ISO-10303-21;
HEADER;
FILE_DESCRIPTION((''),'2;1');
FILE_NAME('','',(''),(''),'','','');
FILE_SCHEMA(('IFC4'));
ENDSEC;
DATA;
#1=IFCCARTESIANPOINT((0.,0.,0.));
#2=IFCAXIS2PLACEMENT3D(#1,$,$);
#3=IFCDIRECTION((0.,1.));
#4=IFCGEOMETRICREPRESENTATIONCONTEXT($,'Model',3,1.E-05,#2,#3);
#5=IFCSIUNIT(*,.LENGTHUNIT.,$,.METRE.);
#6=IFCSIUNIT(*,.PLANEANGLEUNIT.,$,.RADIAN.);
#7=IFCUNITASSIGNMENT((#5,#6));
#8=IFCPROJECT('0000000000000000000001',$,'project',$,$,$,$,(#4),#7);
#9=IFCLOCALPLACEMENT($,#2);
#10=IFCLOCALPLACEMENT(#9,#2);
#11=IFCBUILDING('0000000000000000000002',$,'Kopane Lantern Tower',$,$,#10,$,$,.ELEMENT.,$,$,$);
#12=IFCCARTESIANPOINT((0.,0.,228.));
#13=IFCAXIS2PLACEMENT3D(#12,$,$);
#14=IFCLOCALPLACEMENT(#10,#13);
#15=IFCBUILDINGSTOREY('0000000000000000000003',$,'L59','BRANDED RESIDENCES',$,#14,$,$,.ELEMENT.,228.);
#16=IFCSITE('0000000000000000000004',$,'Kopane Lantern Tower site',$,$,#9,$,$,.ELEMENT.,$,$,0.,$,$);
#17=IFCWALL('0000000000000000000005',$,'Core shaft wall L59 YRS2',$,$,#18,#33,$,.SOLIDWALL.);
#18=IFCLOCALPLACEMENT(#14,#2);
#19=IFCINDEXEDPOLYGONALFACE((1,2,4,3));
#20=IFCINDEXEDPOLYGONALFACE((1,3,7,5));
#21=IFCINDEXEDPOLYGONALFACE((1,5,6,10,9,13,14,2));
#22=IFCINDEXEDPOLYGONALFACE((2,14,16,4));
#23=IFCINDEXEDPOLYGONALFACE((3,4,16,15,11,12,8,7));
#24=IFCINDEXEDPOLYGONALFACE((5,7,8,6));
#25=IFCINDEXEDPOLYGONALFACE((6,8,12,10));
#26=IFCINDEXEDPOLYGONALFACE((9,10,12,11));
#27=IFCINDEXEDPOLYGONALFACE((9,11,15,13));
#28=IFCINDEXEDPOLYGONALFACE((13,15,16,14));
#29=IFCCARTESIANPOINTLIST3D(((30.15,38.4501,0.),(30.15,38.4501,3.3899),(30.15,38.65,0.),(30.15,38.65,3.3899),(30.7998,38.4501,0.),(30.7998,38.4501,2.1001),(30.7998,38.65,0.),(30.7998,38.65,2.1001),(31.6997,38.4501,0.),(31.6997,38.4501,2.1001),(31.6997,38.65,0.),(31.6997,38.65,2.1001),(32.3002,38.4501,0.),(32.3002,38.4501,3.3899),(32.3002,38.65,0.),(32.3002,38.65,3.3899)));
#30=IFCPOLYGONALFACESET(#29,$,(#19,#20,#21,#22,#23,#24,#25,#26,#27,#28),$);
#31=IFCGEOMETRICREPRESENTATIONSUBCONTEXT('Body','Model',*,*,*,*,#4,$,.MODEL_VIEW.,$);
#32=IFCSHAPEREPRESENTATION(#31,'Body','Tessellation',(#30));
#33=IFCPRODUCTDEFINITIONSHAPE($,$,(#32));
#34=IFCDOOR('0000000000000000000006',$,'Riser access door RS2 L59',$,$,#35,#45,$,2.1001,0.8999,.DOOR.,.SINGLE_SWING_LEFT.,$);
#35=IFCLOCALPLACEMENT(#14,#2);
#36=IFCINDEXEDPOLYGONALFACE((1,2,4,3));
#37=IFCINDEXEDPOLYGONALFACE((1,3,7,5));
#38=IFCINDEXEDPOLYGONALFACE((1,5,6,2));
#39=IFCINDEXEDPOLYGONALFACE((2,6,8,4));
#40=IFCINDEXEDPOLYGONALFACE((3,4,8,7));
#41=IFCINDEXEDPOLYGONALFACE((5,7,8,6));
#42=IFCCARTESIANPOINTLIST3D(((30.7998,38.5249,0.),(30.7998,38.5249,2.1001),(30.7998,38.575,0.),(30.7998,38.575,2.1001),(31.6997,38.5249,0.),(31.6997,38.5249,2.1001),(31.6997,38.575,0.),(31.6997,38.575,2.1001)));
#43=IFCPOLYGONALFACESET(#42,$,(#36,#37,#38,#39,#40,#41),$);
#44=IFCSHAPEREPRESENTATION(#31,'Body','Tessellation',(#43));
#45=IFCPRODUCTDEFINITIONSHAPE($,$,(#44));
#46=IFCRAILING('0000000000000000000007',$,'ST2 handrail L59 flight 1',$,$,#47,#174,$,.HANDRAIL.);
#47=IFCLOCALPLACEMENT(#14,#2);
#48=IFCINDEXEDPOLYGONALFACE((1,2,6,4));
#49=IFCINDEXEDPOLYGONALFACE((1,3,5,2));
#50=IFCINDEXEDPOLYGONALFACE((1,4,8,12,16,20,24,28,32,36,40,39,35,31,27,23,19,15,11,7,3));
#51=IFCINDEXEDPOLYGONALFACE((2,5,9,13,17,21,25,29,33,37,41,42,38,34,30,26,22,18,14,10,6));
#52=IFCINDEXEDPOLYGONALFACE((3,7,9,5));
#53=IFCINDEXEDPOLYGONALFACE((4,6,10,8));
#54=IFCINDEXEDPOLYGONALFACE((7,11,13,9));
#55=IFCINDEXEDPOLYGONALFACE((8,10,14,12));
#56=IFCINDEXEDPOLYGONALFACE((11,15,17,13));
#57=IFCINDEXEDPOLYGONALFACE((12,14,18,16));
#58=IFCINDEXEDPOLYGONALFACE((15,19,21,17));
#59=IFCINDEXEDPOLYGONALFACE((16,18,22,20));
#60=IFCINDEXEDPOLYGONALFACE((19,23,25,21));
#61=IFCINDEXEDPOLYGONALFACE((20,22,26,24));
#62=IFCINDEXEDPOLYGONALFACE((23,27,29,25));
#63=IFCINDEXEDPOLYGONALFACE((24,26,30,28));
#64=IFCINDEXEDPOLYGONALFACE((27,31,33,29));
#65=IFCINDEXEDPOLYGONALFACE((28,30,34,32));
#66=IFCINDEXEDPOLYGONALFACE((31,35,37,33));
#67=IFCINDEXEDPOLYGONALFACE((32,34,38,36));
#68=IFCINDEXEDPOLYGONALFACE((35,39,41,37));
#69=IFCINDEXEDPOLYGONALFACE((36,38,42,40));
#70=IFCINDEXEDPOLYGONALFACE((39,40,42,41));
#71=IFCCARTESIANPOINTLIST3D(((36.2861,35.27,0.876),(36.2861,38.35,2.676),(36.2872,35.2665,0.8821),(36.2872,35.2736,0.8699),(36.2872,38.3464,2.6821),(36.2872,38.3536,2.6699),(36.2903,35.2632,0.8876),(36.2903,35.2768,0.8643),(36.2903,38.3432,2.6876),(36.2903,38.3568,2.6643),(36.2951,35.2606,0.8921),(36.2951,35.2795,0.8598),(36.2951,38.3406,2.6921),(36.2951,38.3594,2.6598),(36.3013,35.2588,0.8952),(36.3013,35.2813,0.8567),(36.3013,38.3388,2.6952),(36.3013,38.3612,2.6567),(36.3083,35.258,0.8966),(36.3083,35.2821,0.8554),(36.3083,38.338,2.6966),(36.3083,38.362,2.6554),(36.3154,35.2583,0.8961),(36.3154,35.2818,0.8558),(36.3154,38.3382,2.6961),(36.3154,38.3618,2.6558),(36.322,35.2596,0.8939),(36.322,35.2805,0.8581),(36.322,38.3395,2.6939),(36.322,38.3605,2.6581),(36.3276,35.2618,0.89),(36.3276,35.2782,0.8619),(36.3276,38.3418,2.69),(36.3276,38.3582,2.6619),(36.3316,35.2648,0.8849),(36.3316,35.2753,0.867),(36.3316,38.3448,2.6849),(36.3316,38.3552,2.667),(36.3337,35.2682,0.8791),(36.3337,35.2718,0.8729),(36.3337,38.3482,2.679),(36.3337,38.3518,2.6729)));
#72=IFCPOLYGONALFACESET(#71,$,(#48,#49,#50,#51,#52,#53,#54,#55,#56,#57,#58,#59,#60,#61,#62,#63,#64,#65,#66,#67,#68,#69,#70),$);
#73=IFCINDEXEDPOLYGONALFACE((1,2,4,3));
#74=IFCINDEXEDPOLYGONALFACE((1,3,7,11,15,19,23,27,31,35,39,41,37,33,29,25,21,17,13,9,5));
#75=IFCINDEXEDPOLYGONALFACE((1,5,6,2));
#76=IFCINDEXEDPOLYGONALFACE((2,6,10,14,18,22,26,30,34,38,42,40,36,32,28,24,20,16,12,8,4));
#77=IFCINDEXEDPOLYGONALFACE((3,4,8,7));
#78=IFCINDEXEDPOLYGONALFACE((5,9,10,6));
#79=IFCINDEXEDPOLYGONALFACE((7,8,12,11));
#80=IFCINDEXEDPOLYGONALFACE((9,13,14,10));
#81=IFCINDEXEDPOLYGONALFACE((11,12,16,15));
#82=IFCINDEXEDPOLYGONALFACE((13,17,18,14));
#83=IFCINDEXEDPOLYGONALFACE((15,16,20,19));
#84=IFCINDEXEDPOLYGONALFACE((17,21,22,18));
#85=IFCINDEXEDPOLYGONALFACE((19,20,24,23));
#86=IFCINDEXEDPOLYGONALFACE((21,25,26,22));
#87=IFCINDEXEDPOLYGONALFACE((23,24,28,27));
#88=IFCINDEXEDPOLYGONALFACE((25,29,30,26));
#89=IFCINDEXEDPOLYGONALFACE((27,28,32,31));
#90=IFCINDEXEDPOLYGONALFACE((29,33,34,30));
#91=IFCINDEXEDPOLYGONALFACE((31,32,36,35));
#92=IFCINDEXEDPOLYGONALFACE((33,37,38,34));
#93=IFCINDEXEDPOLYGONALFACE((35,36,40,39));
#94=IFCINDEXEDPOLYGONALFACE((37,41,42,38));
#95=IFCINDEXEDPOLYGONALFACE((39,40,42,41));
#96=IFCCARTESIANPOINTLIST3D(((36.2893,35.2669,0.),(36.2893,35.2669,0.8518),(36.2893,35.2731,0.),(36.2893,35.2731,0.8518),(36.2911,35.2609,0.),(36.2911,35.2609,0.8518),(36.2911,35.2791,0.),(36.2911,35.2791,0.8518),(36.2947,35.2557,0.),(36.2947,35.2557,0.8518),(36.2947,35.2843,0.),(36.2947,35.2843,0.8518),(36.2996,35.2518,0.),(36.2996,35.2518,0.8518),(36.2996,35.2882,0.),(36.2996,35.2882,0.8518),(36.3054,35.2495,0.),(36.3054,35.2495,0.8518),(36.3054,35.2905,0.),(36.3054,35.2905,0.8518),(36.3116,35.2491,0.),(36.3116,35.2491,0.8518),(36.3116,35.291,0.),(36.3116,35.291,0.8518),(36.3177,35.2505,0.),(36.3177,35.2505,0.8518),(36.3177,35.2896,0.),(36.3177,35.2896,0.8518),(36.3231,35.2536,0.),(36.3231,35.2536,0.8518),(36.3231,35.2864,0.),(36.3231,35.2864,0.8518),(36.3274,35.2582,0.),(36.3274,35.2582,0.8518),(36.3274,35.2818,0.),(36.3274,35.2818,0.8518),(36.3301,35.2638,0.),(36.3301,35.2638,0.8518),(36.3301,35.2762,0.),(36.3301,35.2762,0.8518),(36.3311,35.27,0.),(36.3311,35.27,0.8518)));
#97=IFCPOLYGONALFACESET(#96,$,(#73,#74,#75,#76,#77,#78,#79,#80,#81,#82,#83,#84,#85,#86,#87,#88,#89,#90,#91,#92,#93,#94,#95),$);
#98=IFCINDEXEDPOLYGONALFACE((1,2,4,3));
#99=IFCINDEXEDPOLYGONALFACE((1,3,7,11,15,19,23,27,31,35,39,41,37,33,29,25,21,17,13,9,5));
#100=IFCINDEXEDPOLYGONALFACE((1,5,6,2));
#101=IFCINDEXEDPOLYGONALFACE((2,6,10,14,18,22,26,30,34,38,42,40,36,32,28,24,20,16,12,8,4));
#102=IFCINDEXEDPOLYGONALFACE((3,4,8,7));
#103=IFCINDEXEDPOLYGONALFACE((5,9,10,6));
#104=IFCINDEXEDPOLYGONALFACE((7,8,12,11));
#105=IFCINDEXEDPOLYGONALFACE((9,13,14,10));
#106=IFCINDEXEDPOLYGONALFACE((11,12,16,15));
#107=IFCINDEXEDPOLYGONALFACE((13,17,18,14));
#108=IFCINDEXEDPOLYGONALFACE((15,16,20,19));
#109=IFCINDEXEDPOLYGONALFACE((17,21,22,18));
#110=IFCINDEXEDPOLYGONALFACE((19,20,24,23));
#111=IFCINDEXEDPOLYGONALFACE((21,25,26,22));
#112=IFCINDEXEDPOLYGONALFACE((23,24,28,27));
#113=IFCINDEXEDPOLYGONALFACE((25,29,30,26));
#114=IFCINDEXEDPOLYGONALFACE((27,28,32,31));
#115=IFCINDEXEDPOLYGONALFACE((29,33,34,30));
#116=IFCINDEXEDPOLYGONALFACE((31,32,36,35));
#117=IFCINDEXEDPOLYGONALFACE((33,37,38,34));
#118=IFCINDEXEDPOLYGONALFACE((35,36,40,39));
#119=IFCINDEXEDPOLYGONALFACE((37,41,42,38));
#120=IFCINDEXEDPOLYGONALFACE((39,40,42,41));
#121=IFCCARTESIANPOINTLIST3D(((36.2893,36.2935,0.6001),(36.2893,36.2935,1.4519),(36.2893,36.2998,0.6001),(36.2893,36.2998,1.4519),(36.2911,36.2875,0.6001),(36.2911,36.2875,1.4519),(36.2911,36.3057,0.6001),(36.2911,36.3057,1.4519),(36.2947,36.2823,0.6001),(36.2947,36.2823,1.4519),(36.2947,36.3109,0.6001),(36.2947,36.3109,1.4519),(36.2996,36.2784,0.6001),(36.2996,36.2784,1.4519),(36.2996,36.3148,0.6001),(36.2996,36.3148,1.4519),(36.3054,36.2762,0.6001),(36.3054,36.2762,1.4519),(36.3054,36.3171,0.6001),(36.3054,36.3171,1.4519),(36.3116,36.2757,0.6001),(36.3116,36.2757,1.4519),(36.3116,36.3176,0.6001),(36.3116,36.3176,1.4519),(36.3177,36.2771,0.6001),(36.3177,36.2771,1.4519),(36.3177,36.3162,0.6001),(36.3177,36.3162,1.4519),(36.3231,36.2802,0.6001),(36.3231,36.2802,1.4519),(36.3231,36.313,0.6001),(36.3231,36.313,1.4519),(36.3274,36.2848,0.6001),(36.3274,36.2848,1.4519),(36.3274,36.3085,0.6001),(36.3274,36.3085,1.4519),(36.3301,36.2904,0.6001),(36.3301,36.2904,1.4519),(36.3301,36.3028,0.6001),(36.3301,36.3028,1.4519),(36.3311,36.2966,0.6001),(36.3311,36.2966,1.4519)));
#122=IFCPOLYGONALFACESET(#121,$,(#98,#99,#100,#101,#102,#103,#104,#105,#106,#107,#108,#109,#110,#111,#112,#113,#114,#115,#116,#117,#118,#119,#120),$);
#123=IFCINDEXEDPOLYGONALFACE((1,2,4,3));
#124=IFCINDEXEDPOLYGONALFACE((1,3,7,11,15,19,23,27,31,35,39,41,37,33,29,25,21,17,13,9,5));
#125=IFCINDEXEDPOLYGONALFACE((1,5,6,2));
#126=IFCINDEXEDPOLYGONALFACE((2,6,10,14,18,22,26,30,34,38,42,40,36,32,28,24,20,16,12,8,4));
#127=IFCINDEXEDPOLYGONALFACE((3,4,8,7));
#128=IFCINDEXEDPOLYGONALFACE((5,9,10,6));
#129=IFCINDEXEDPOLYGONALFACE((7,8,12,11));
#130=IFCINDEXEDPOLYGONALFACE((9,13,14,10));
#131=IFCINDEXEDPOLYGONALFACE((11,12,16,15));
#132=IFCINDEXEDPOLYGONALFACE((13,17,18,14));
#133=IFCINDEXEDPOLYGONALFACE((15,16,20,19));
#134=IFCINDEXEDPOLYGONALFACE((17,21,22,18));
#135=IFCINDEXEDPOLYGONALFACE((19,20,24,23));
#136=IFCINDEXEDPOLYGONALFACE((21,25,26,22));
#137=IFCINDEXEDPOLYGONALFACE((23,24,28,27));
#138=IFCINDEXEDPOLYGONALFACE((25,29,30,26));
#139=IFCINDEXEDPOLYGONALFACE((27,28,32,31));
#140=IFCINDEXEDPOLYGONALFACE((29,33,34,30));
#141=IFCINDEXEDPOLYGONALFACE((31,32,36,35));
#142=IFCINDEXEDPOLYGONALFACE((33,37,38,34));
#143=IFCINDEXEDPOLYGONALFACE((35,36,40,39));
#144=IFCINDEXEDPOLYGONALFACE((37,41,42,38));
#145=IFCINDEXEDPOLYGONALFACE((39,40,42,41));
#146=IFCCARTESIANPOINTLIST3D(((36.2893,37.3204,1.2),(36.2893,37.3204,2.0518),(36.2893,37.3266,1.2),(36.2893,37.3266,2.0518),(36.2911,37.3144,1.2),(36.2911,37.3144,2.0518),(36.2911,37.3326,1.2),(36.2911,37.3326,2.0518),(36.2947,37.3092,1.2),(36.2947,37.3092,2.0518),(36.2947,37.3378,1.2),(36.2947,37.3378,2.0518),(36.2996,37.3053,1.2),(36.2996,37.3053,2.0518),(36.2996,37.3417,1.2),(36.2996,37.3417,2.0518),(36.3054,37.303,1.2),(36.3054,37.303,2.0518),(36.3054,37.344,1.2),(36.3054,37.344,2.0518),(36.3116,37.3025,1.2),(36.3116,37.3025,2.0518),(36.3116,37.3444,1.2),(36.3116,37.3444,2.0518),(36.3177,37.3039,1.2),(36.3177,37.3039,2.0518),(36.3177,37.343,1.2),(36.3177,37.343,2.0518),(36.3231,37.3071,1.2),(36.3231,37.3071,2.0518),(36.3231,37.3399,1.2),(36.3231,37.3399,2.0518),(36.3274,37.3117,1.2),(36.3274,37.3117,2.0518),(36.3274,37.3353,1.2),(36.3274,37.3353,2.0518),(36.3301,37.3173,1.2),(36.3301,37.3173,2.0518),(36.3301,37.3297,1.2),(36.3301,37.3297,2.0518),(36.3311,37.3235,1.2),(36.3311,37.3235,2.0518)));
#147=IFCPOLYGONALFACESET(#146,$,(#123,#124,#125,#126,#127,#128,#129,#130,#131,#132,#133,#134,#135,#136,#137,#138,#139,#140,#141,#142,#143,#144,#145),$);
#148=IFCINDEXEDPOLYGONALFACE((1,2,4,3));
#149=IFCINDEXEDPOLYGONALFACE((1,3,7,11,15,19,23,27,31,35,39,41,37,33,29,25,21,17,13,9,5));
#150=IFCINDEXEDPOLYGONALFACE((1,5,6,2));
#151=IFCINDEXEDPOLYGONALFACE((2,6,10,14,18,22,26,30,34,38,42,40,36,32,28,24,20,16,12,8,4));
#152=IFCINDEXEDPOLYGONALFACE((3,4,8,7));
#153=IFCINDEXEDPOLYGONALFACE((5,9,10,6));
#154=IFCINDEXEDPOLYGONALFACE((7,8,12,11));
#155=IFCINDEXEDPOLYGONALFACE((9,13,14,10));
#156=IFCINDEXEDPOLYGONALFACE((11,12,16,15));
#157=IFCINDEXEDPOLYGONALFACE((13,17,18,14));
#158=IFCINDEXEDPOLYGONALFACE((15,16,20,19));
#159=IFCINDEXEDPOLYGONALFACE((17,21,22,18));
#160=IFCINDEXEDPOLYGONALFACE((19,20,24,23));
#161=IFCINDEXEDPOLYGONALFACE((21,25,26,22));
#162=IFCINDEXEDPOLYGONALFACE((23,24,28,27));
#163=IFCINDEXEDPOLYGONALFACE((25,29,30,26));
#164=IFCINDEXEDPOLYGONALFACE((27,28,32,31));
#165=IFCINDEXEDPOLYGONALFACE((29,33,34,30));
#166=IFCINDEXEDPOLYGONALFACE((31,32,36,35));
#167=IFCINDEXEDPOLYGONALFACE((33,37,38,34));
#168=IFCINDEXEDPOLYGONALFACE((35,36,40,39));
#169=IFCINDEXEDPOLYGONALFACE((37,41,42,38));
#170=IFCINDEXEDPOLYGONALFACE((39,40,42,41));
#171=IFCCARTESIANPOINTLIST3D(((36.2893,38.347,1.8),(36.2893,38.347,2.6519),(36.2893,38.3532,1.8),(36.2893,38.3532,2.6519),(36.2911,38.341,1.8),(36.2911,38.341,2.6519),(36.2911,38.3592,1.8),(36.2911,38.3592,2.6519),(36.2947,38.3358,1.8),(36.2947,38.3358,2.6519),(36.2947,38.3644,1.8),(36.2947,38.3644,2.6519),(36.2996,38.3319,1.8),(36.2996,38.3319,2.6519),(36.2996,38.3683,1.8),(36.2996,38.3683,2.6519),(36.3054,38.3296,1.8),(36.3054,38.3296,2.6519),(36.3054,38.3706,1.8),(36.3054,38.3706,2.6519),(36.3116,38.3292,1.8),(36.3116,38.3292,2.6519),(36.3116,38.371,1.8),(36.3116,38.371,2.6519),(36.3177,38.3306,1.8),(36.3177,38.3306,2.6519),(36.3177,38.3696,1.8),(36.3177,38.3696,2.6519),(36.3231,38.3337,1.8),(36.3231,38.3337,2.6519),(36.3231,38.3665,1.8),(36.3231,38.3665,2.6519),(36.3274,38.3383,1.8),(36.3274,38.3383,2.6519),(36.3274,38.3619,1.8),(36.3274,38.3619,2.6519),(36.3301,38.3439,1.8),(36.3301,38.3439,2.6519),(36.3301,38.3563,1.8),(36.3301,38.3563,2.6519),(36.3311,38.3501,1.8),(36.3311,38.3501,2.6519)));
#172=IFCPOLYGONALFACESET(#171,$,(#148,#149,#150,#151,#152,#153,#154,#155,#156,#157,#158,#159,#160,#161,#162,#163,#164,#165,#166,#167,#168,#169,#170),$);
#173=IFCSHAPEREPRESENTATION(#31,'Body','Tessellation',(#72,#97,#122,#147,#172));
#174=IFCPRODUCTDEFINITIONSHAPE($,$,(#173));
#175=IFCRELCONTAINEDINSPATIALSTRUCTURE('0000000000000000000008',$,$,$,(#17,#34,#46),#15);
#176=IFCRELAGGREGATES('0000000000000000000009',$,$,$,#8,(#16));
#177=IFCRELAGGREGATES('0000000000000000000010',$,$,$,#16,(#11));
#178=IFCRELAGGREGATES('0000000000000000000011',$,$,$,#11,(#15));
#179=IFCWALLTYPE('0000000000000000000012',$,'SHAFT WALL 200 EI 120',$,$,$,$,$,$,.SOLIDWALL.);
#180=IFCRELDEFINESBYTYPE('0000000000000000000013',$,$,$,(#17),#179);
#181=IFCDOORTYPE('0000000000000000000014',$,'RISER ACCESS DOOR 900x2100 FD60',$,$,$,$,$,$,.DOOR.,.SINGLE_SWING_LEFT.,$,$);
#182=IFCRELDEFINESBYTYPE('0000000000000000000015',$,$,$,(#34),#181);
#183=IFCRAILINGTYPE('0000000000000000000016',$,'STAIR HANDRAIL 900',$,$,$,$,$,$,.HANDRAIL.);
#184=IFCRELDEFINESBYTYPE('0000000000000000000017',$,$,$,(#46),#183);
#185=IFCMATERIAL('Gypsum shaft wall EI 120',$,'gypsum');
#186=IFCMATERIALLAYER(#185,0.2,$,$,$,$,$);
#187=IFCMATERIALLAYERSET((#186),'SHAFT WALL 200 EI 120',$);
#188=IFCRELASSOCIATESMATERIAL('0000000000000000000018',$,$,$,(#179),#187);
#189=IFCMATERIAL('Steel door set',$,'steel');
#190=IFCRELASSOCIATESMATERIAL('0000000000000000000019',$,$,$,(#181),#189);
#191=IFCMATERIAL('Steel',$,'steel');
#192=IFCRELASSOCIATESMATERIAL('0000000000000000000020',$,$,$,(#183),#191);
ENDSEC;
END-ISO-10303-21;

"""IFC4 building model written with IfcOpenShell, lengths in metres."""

from ifc_helpers import new_model, si_unit, direction, frame, frame_2d, origin, origin_2d, place, context, subcontext, project, spatial, rectangle, circle, extrude, material, layer, layer_set, type_object, element, fill, save


model = new_model("IFC4")

# Units and contexts
model_context = context("Model", 3, precision=1e-05, world=origin(), true_north=direction((0.0, 1.0)))
body_context = subcontext(model_context, "Body", "Model", "MODEL_VIEW")
ifc_project = project(units=[si_unit("LENGTHUNIT", "METRE"), si_unit("PLANEANGLEUNIT", "RADIAN")], contexts=[model_context])

# Site, building, storey
site_placement = place(None, origin())
site = spatial("IfcSite", under=ifc_project, at=site_placement, Name="Kopane Lantern Tower site", CompositionType="ELEMENT", RefElevation=0.0)
building_placement = place(site_placement, origin())
building = spatial("IfcBuilding", under=site, at=building_placement, Name="Kopane Lantern Tower", CompositionType="ELEMENT")
storey_placement = place(building_placement, frame((0.0, 0.0, 228.0)))
storey = spatial("IfcBuildingStorey", under=building, at=storey_placement, Name="L59", Description="BRANDED RESIDENCES", CompositionType="ELEMENT", Elevation=228.0)

# Shared definitions
ifc_material_1 = material(Name="Gypsum shaft wall EI 120", Category="gypsum")
ifc_layer_1 = layer(ifc_material_1, 0.2)
ifc_layer_set_1 = layer_set([ifc_layer_1], Name="SHAFT WALL 200 EI 120")
wall_type_1 = type_object("IfcWallType", Name="SHAFT WALL 200 EI 120", PredefinedType="SOLIDWALL", material=ifc_layer_set_1)

# Wall, opening, door
wall_1_placement = place(storey_placement, frame((30.1499, 38.55, 0.0), z_axis=(0.0, 0.0, 1.0), x_axis=(1.0, 0.0, 0.0)))
wall_1 = element("IfcWall", 1, at=wall_1_placement, inside=storey, type_object=wall_type_1, Name="Core shaft wall L59 YRS2", PredefinedType="SOLIDWALL", context=body_context, shape_type="SweptSolid", body=[
    extrude(rectangle(XDim=2.1501, YDim=0.2, at=frame_2d((1.0752, 0.0))), origin(), (0.0, 0.0, 1.0), 3.3899),
])
opening_1_placement = place(wall_1_placement, frame((0.6499, 0.0, 0.0)))
opening_1 = element("IfcOpeningElement", 2, at=opening_1_placement, cuts=wall_1, PredefinedType="OPENING", context=body_context, shape_type="SweptSolid", body=[
    extrude(rectangle(XDim=0.8999, YDim=2.1001, at=frame_2d((0.45, 1.05))), frame((0.0, 0.1099, 0.0), z_axis=(0.0, -1.0, 0.0), x_axis=(1.0, 0.0, 0.0)), (0.0, 0.0, 1.0), 0.22),
])
ifc_material_2 = material(Name="Steel door set", Category="steel")
door_type_1 = type_object("IfcDoorType", Name="RISER ACCESS DOOR 900x2100 FD60", OperationType="SINGLE_SWING_LEFT", PredefinedType="DOOR", material=ifc_material_2)
door_1_placement = place(opening_1_placement, origin())
door_1 = element("IfcDoor", 3, at=door_1_placement, inside=storey, type_object=door_type_1, Name="Riser access door RS2 L59", OperationType="SINGLE_SWING_LEFT", OverallHeight=2.1001, OverallWidth=0.8999, PredefinedType="DOOR", context=body_context, shape_type="SweptSolid", body=[
    extrude(rectangle(XDim=0.8999, YDim=2.1001, at=frame_2d((0.45, 1.05))), frame((0.0, 0.0249, 0.0), z_axis=(0.0, -1.0, 0.0), x_axis=(1.0, 0.0, 0.0)), (0.0, 0.0, 1.0), 0.05),
])
fill(opening_1, door_1)

# Railing
ifc_material_3 = material(Name="Steel", Category="steel")
railing_type_1 = type_object("IfcRailingType", Name="STAIR HANDRAIL 900", PredefinedType="HANDRAIL", material=ifc_material_3)
for number, where, name in (
    (4, (36.3101, 35.27, 0.0), "ST2 handrail L59 flight 1"),
):
    element("IfcRailing", number, at=place(storey_placement, frame(where)), inside=storey, type_object=railing_type_1, Name=name, PredefinedType="HANDRAIL", context=body_context, shape_type="SweptSolid", body=[
        extrude(circle(Radius=0.0239, at=origin_2d()), frame((0.0, 0.0, 0.876), z_axis=(0.0, 0.863372, 0.504569), x_axis=(-1.0, 0.0, 0.0)), (0.0, 0.0, 1.0), 3.5674),
        extrude(circle(Radius=0.021, at=origin_2d()), origin(), (0.0, 0.0, 1.0), 0.8518),
        extrude(circle(Radius=0.021, at=origin_2d()), frame((0.0, 1.0266, 0.6001)), (0.0, 0.0, 1.0), 0.8518),
        extrude(circle(Radius=0.021, at=origin_2d()), frame((0.0, 2.0535, 1.2)), (0.0, 0.0, 1.0), 0.8518),
        extrude(circle(Radius=0.021, at=origin_2d()), frame((0.0, 3.0801, 1.8)), (0.0, 0.0, 1.0), 0.8518),
    ])

save(model, "model.ifc")
